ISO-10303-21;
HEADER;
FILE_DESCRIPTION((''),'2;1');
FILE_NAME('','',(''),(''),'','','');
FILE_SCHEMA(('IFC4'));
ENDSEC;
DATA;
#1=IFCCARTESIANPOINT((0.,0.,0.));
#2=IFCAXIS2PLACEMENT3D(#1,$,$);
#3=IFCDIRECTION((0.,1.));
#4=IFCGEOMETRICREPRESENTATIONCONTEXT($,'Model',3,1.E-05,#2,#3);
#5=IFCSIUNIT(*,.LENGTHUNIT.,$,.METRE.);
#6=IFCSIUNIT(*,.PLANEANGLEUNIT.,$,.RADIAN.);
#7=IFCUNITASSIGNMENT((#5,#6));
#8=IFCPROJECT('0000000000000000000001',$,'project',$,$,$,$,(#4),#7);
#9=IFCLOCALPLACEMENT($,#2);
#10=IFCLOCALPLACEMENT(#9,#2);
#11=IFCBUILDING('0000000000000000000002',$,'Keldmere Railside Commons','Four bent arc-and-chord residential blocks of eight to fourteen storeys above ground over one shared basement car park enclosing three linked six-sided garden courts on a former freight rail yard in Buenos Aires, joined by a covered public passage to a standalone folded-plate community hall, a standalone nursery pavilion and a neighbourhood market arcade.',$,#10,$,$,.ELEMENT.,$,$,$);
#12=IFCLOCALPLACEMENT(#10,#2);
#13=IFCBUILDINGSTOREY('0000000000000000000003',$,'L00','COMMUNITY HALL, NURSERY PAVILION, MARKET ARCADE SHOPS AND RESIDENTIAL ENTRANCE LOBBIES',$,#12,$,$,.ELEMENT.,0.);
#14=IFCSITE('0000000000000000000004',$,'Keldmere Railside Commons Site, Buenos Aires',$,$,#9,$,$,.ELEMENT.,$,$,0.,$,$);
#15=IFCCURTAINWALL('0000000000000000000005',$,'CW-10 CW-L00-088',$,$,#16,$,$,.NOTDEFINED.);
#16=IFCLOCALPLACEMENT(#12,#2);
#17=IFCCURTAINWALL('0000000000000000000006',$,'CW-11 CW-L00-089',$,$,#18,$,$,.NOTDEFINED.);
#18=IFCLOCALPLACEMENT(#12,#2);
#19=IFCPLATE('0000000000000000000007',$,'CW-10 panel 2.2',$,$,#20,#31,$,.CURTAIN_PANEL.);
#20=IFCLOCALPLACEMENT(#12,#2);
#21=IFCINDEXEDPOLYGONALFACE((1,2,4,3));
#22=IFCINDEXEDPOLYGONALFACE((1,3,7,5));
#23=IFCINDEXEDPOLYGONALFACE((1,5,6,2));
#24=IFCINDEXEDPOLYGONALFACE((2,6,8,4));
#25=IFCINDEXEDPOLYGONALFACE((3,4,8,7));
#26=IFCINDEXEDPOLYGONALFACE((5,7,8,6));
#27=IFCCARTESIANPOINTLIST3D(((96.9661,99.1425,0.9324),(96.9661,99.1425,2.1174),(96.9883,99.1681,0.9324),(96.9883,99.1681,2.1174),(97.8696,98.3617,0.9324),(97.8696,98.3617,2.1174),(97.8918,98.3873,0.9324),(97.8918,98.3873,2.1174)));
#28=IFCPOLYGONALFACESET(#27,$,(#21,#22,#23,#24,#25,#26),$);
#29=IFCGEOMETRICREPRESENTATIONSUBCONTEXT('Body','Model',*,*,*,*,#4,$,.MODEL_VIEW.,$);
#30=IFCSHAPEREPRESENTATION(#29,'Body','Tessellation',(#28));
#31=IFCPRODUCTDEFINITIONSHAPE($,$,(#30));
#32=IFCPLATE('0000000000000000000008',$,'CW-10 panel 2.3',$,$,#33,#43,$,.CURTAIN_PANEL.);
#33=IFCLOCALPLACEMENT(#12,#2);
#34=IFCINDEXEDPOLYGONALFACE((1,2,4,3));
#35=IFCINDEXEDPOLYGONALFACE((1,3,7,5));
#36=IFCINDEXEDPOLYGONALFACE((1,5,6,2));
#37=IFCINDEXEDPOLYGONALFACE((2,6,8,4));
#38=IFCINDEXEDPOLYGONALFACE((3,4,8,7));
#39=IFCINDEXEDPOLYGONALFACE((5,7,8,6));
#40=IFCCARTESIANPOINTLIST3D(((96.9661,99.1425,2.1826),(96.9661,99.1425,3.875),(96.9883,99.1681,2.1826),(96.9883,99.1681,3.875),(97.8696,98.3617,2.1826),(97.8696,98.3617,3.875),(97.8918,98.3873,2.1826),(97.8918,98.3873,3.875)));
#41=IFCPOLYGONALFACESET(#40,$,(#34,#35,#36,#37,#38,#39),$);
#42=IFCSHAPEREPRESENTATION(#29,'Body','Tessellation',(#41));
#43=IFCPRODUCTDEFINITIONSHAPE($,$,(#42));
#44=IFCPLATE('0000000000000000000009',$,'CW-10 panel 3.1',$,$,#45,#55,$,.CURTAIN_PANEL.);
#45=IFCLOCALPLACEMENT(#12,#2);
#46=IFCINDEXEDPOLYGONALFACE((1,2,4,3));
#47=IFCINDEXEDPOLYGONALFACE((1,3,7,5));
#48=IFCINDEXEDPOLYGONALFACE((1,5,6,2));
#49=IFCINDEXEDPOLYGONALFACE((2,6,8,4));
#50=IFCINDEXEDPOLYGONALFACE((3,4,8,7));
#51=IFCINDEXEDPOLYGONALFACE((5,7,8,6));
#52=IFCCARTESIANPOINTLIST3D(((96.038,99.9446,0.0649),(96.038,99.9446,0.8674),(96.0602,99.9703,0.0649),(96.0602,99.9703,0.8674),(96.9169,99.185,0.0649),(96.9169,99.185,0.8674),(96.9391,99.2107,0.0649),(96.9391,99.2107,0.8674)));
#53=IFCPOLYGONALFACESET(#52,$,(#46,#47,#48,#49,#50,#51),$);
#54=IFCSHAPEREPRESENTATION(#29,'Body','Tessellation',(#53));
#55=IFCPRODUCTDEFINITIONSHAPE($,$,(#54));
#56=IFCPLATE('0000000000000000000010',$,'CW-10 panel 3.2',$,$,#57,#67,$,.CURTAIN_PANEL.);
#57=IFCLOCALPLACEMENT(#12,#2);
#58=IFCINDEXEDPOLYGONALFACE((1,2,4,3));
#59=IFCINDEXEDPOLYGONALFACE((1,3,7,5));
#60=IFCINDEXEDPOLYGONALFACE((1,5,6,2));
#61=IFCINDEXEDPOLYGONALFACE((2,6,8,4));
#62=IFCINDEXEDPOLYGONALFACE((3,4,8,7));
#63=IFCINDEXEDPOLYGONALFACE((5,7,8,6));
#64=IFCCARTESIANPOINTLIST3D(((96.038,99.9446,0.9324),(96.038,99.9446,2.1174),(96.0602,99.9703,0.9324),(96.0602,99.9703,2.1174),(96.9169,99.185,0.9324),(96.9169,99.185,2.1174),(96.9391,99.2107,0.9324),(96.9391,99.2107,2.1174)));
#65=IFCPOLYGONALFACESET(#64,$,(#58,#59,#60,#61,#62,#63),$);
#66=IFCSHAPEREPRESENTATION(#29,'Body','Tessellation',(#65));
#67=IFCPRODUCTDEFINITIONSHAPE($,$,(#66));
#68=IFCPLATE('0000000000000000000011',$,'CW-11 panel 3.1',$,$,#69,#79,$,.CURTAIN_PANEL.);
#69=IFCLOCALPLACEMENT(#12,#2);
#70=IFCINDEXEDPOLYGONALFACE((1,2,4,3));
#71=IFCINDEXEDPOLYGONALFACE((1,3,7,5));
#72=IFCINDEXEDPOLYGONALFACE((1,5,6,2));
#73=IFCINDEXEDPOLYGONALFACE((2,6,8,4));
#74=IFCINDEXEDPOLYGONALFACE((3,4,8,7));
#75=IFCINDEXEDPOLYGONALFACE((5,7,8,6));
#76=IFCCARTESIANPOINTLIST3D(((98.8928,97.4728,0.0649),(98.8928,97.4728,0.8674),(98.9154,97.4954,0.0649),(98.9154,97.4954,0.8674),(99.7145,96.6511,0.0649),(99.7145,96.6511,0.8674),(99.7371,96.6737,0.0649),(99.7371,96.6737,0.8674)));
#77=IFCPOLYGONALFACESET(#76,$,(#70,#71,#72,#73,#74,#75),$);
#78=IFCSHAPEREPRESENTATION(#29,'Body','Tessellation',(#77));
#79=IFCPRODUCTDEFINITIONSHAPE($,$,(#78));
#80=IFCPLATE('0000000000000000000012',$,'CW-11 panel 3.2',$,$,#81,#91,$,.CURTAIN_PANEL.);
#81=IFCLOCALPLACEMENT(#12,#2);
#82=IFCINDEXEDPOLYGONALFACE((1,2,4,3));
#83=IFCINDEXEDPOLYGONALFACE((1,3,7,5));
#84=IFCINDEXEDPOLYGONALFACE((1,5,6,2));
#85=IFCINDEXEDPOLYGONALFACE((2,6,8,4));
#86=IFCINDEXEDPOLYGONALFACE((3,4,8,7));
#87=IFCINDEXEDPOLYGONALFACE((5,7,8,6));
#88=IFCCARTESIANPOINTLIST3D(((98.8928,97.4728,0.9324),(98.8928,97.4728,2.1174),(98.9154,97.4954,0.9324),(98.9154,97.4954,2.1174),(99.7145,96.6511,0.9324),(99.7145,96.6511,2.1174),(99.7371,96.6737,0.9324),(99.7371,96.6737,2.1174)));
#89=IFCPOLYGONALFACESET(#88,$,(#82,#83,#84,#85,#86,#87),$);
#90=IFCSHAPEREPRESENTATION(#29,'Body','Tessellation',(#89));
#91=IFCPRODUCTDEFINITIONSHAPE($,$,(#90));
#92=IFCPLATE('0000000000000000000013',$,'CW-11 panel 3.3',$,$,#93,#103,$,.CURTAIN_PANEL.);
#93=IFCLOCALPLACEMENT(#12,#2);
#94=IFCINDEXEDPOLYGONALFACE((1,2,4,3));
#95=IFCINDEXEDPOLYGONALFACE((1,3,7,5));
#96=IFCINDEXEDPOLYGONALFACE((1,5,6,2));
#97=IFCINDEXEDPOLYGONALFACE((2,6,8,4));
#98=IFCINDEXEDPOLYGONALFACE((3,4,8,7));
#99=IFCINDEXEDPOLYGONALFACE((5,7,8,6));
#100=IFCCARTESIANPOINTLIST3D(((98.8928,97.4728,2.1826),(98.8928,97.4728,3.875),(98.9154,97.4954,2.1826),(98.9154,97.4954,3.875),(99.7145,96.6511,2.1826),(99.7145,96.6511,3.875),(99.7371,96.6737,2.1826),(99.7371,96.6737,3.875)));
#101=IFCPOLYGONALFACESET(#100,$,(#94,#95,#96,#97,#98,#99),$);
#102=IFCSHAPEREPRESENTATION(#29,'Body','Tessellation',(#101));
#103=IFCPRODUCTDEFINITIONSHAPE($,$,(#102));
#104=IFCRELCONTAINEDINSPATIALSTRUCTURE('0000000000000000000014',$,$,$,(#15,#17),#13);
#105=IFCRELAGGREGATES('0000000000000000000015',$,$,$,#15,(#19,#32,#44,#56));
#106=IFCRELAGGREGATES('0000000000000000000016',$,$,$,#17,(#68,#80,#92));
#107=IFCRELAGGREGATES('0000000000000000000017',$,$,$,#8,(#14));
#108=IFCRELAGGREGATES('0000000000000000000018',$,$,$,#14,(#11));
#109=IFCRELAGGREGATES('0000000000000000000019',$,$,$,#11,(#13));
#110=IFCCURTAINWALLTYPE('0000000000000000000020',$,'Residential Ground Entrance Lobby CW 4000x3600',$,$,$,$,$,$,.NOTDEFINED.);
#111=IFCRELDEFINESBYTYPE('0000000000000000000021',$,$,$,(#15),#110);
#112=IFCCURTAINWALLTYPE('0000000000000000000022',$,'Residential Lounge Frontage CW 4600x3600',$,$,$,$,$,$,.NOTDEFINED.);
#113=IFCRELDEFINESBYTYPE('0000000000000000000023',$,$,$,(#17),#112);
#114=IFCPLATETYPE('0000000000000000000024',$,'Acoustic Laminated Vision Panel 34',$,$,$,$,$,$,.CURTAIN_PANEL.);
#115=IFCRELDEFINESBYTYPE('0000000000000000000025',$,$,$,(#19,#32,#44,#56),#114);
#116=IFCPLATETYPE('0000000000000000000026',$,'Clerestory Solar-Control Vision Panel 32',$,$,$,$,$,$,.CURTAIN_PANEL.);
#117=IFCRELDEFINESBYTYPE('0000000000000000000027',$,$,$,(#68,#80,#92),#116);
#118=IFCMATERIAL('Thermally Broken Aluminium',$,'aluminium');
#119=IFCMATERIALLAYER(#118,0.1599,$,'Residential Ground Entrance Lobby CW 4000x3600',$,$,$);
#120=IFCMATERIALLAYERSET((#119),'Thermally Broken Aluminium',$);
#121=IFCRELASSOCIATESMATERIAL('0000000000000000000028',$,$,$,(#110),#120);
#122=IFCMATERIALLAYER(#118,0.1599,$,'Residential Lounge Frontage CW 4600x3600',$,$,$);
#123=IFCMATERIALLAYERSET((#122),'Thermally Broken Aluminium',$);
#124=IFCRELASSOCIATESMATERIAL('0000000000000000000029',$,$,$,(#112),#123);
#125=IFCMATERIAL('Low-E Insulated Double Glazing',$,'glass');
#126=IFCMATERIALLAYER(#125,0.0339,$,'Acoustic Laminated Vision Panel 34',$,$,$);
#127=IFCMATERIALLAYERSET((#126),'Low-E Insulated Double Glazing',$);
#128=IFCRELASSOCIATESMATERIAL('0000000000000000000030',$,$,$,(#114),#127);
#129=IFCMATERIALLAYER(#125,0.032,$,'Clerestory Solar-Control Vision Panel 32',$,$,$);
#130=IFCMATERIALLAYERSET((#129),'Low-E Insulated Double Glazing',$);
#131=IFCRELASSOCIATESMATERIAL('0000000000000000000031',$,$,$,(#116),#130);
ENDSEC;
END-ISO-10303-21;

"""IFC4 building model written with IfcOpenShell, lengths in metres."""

from ifc_helpers import new_model, si_unit, direction, frame, origin, origin_2d, place, context, subcontext, project, spatial, rectangle, extrude, material, layer, layer_set, type_object, element, aggregate, save


model = new_model("IFC4")

# Units and contexts
model_context = context("Model", 3, precision=1e-05, world=origin(), true_north=direction((0.0, 1.0)))
body_context = subcontext(model_context, "Body", "Model", "MODEL_VIEW")
ifc_project = project(units=[si_unit("LENGTHUNIT", "METRE"), si_unit("PLANEANGLEUNIT", "RADIAN")], contexts=[model_context])

# Site, building, storey
site_placement = place(None, origin())
site = spatial("IfcSite", under=ifc_project, at=site_placement, Name="Keldmere Railside Commons Site, Buenos Aires", CompositionType="ELEMENT", RefElevation=0.0)
building_placement = place(site_placement, origin())
building = spatial("IfcBuilding", under=site, at=building_placement, Name="Keldmere Railside Commons", Description="Four bent arc-and-chord residential blocks of eight to fourteen storeys above ground over one shared basement car park enclosing three linked six-sided garden courts on a former freight rail yard in Buenos Aires, joined by a covered public passage to a standalone folded-plate community hall, a standalone nursery pavilion and a neighbourhood market arcade.", CompositionType="ELEMENT")
storey_placement = place(building_placement, origin())
storey = spatial("IfcBuildingStorey", under=building, at=storey_placement, Name="L00", Description="COMMUNITY HALL, NURSERY PAVILION, MARKET ARCADE SHOPS AND RESIDENTIAL ENTRANCE LOBBIES", CompositionType="ELEMENT", Elevation=0.0)

# Curtain wall
ifc_material_1 = material(Name="Thermally Broken Aluminium", Category="aluminium")
ifc_layer_1 = layer(ifc_material_1, 0.1599, Name="Residential Ground Entrance Lobby CW 4000x3600")
ifc_layer_set_1 = layer_set([ifc_layer_1], Name="Thermally Broken Aluminium")
curtain_wall_type_1 = type_object("IfcCurtainWallType", Name="Residential Ground Entrance Lobby CW 4000x3600", PredefinedType="NOTDEFINED", material=ifc_layer_set_1)
curtain_wall_1_placement = place(storey_placement, origin())
curtain_wall_1 = element("IfcCurtainWall", 1, at=curtain_wall_1_placement, inside=storey, type_object=curtain_wall_type_1, Name="CW-10 CW-L00-088", PredefinedType="NOTDEFINED")

# Curtain wall
ifc_layer_2 = layer(ifc_material_1, 0.1599, Name="Residential Lounge Frontage CW 4600x3600")
ifc_layer_set_2 = layer_set([ifc_layer_2], Name="Thermally Broken Aluminium")
curtain_wall_type_2 = type_object("IfcCurtainWallType", Name="Residential Lounge Frontage CW 4600x3600", PredefinedType="NOTDEFINED", material=ifc_layer_set_2)
curtain_wall_2_placement = place(storey_placement, origin())
curtain_wall_2 = element("IfcCurtainWall", 2, at=curtain_wall_2_placement, inside=storey, type_object=curtain_wall_type_2, Name="CW-11 CW-L00-089", PredefinedType="NOTDEFINED")

# Plates
ifc_material_2 = material(Name="Low-E Insulated Double Glazing", Category="glass")
ifc_layer_3 = layer(ifc_material_2, 0.0339, Name="Acoustic Laminated Vision Panel 34")
ifc_layer_set_3 = layer_set([ifc_layer_3], Name="Low-E Insulated Double Glazing")
plate_type_1 = type_object("IfcPlateType", Name="Acoustic Laminated Vision Panel 34", PredefinedType="CURTAIN_PANEL", material=ifc_layer_set_3)
plate_1_placement = place(storey_placement, frame((97.429, 98.7649, 0.9324), z_axis=(0.0, 0.0, 1.0), x_axis=(-0.756597, 0.653882, 0.0)))
plate_1 = element("IfcPlate", 3, at=plate_1_placement, type_object=plate_type_1, Name="CW-10 panel 2.2", PredefinedType="CURTAIN_PANEL", context=body_context, shape_type="SweptSolid", body=[
    extrude(rectangle(XDim=1.1941, YDim=0.0339, at=origin_2d()), origin(), (0.0, 0.0, 1.0), 1.1851),
])
plate_2_placement = place(storey_placement, frame((97.429, 98.7649, 2.1826), z_axis=(0.0, 0.0, 1.0), x_axis=(-0.756597, 0.653882, 0.0)))
plate_2 = element("IfcPlate", 4, at=plate_2_placement, type_object=plate_type_1, Name="CW-10 panel 2.3", PredefinedType="CURTAIN_PANEL", context=body_context, shape_type="SweptSolid", body=[
    extrude(rectangle(XDim=1.1941, YDim=0.0339, at=origin_2d()), origin(), (0.0, 0.0, 1.0), 1.6924),
])
plate_3_placement = place(storey_placement, frame((96.4885, 99.5776, 0.0649), z_axis=(0.0, 0.0, 1.0), x_axis=(-0.756597, 0.653882, 0.0)))
plate_3 = element("IfcPlate", 5, at=plate_3_placement, type_object=plate_type_1, Name="CW-10 panel 3.1", PredefinedType="CURTAIN_PANEL", context=body_context, shape_type="SweptSolid", body=[
    extrude(rectangle(XDim=1.1616, YDim=0.0339, at=origin_2d()), origin(), (0.0, 0.0, 1.0), 0.8025),
])
plate_4_placement = place(storey_placement, frame((96.4885, 99.5776, 0.9324), z_axis=(0.0, 0.0, 1.0), x_axis=(-0.756597, 0.653882, 0.0)))
plate_4 = element("IfcPlate", 6, at=plate_4_placement, type_object=plate_type_1, Name="CW-10 panel 3.2", PredefinedType="CURTAIN_PANEL", context=body_context, shape_type="SweptSolid", body=[
    extrude(rectangle(XDim=1.1616, YDim=0.0339, at=origin_2d()), origin(), (0.0, 0.0, 1.0), 1.1851),
])
aggregate(curtain_wall_1, [plate_1, plate_2, plate_3, plate_4])
ifc_layer_4 = layer(ifc_material_2, 0.032, Name="Clerestory Solar-Control Vision Panel 32")
ifc_layer_set_4 = layer_set([ifc_layer_4], Name="Low-E Insulated Double Glazing")
plate_type_2 = type_object("IfcPlateType", Name="Clerestory Solar-Control Vision Panel 32", PredefinedType="CURTAIN_PANEL", material=ifc_layer_set_4)
plate_5_placement = place(storey_placement, frame((99.3149, 97.0732, 0.0649), z_axis=(0.0, 0.0, 1.0), x_axis=(-0.707107, 0.707107, 0.0)))
plate_5 = element("IfcPlate", 7, at=plate_5_placement, type_object=plate_type_2, Name="CW-11 panel 3.1", PredefinedType="CURTAIN_PANEL", context=body_context, shape_type="SweptSolid", body=[
    extrude(rectangle(XDim=1.1621, YDim=0.032, at=origin_2d()), origin(), (0.0, 0.0, 1.0), 0.8025),
])
plate_6_placement = place(storey_placement, frame((99.3149, 97.0732, 0.9324), z_axis=(0.0, 0.0, 1.0), x_axis=(-0.707107, 0.707107, 0.0)))
plate_6 = element("IfcPlate", 8, at=plate_6_placement, type_object=plate_type_2, Name="CW-11 panel 3.2", PredefinedType="CURTAIN_PANEL", context=body_context, shape_type="SweptSolid", body=[
    extrude(rectangle(XDim=1.1621, YDim=0.032, at=origin_2d()), origin(), (0.0, 0.0, 1.0), 1.1851),
])
plate_7_placement = place(storey_placement, frame((99.3149, 97.0732, 2.1826), z_axis=(0.0, 0.0, 1.0), x_axis=(-0.707107, 0.707107, 0.0)))
plate_7 = element("IfcPlate", 9, at=plate_7_placement, type_object=plate_type_2, Name="CW-11 panel 3.3", PredefinedType="CURTAIN_PANEL", context=body_context, shape_type="SweptSolid", body=[
    extrude(rectangle(XDim=1.1621, YDim=0.032, at=origin_2d()), origin(), (0.0, 0.0, 1.0), 1.6924),
])
aggregate(curtain_wall_2, [plate_5, plate_6, plate_7])

save(model, "model.ifc")
